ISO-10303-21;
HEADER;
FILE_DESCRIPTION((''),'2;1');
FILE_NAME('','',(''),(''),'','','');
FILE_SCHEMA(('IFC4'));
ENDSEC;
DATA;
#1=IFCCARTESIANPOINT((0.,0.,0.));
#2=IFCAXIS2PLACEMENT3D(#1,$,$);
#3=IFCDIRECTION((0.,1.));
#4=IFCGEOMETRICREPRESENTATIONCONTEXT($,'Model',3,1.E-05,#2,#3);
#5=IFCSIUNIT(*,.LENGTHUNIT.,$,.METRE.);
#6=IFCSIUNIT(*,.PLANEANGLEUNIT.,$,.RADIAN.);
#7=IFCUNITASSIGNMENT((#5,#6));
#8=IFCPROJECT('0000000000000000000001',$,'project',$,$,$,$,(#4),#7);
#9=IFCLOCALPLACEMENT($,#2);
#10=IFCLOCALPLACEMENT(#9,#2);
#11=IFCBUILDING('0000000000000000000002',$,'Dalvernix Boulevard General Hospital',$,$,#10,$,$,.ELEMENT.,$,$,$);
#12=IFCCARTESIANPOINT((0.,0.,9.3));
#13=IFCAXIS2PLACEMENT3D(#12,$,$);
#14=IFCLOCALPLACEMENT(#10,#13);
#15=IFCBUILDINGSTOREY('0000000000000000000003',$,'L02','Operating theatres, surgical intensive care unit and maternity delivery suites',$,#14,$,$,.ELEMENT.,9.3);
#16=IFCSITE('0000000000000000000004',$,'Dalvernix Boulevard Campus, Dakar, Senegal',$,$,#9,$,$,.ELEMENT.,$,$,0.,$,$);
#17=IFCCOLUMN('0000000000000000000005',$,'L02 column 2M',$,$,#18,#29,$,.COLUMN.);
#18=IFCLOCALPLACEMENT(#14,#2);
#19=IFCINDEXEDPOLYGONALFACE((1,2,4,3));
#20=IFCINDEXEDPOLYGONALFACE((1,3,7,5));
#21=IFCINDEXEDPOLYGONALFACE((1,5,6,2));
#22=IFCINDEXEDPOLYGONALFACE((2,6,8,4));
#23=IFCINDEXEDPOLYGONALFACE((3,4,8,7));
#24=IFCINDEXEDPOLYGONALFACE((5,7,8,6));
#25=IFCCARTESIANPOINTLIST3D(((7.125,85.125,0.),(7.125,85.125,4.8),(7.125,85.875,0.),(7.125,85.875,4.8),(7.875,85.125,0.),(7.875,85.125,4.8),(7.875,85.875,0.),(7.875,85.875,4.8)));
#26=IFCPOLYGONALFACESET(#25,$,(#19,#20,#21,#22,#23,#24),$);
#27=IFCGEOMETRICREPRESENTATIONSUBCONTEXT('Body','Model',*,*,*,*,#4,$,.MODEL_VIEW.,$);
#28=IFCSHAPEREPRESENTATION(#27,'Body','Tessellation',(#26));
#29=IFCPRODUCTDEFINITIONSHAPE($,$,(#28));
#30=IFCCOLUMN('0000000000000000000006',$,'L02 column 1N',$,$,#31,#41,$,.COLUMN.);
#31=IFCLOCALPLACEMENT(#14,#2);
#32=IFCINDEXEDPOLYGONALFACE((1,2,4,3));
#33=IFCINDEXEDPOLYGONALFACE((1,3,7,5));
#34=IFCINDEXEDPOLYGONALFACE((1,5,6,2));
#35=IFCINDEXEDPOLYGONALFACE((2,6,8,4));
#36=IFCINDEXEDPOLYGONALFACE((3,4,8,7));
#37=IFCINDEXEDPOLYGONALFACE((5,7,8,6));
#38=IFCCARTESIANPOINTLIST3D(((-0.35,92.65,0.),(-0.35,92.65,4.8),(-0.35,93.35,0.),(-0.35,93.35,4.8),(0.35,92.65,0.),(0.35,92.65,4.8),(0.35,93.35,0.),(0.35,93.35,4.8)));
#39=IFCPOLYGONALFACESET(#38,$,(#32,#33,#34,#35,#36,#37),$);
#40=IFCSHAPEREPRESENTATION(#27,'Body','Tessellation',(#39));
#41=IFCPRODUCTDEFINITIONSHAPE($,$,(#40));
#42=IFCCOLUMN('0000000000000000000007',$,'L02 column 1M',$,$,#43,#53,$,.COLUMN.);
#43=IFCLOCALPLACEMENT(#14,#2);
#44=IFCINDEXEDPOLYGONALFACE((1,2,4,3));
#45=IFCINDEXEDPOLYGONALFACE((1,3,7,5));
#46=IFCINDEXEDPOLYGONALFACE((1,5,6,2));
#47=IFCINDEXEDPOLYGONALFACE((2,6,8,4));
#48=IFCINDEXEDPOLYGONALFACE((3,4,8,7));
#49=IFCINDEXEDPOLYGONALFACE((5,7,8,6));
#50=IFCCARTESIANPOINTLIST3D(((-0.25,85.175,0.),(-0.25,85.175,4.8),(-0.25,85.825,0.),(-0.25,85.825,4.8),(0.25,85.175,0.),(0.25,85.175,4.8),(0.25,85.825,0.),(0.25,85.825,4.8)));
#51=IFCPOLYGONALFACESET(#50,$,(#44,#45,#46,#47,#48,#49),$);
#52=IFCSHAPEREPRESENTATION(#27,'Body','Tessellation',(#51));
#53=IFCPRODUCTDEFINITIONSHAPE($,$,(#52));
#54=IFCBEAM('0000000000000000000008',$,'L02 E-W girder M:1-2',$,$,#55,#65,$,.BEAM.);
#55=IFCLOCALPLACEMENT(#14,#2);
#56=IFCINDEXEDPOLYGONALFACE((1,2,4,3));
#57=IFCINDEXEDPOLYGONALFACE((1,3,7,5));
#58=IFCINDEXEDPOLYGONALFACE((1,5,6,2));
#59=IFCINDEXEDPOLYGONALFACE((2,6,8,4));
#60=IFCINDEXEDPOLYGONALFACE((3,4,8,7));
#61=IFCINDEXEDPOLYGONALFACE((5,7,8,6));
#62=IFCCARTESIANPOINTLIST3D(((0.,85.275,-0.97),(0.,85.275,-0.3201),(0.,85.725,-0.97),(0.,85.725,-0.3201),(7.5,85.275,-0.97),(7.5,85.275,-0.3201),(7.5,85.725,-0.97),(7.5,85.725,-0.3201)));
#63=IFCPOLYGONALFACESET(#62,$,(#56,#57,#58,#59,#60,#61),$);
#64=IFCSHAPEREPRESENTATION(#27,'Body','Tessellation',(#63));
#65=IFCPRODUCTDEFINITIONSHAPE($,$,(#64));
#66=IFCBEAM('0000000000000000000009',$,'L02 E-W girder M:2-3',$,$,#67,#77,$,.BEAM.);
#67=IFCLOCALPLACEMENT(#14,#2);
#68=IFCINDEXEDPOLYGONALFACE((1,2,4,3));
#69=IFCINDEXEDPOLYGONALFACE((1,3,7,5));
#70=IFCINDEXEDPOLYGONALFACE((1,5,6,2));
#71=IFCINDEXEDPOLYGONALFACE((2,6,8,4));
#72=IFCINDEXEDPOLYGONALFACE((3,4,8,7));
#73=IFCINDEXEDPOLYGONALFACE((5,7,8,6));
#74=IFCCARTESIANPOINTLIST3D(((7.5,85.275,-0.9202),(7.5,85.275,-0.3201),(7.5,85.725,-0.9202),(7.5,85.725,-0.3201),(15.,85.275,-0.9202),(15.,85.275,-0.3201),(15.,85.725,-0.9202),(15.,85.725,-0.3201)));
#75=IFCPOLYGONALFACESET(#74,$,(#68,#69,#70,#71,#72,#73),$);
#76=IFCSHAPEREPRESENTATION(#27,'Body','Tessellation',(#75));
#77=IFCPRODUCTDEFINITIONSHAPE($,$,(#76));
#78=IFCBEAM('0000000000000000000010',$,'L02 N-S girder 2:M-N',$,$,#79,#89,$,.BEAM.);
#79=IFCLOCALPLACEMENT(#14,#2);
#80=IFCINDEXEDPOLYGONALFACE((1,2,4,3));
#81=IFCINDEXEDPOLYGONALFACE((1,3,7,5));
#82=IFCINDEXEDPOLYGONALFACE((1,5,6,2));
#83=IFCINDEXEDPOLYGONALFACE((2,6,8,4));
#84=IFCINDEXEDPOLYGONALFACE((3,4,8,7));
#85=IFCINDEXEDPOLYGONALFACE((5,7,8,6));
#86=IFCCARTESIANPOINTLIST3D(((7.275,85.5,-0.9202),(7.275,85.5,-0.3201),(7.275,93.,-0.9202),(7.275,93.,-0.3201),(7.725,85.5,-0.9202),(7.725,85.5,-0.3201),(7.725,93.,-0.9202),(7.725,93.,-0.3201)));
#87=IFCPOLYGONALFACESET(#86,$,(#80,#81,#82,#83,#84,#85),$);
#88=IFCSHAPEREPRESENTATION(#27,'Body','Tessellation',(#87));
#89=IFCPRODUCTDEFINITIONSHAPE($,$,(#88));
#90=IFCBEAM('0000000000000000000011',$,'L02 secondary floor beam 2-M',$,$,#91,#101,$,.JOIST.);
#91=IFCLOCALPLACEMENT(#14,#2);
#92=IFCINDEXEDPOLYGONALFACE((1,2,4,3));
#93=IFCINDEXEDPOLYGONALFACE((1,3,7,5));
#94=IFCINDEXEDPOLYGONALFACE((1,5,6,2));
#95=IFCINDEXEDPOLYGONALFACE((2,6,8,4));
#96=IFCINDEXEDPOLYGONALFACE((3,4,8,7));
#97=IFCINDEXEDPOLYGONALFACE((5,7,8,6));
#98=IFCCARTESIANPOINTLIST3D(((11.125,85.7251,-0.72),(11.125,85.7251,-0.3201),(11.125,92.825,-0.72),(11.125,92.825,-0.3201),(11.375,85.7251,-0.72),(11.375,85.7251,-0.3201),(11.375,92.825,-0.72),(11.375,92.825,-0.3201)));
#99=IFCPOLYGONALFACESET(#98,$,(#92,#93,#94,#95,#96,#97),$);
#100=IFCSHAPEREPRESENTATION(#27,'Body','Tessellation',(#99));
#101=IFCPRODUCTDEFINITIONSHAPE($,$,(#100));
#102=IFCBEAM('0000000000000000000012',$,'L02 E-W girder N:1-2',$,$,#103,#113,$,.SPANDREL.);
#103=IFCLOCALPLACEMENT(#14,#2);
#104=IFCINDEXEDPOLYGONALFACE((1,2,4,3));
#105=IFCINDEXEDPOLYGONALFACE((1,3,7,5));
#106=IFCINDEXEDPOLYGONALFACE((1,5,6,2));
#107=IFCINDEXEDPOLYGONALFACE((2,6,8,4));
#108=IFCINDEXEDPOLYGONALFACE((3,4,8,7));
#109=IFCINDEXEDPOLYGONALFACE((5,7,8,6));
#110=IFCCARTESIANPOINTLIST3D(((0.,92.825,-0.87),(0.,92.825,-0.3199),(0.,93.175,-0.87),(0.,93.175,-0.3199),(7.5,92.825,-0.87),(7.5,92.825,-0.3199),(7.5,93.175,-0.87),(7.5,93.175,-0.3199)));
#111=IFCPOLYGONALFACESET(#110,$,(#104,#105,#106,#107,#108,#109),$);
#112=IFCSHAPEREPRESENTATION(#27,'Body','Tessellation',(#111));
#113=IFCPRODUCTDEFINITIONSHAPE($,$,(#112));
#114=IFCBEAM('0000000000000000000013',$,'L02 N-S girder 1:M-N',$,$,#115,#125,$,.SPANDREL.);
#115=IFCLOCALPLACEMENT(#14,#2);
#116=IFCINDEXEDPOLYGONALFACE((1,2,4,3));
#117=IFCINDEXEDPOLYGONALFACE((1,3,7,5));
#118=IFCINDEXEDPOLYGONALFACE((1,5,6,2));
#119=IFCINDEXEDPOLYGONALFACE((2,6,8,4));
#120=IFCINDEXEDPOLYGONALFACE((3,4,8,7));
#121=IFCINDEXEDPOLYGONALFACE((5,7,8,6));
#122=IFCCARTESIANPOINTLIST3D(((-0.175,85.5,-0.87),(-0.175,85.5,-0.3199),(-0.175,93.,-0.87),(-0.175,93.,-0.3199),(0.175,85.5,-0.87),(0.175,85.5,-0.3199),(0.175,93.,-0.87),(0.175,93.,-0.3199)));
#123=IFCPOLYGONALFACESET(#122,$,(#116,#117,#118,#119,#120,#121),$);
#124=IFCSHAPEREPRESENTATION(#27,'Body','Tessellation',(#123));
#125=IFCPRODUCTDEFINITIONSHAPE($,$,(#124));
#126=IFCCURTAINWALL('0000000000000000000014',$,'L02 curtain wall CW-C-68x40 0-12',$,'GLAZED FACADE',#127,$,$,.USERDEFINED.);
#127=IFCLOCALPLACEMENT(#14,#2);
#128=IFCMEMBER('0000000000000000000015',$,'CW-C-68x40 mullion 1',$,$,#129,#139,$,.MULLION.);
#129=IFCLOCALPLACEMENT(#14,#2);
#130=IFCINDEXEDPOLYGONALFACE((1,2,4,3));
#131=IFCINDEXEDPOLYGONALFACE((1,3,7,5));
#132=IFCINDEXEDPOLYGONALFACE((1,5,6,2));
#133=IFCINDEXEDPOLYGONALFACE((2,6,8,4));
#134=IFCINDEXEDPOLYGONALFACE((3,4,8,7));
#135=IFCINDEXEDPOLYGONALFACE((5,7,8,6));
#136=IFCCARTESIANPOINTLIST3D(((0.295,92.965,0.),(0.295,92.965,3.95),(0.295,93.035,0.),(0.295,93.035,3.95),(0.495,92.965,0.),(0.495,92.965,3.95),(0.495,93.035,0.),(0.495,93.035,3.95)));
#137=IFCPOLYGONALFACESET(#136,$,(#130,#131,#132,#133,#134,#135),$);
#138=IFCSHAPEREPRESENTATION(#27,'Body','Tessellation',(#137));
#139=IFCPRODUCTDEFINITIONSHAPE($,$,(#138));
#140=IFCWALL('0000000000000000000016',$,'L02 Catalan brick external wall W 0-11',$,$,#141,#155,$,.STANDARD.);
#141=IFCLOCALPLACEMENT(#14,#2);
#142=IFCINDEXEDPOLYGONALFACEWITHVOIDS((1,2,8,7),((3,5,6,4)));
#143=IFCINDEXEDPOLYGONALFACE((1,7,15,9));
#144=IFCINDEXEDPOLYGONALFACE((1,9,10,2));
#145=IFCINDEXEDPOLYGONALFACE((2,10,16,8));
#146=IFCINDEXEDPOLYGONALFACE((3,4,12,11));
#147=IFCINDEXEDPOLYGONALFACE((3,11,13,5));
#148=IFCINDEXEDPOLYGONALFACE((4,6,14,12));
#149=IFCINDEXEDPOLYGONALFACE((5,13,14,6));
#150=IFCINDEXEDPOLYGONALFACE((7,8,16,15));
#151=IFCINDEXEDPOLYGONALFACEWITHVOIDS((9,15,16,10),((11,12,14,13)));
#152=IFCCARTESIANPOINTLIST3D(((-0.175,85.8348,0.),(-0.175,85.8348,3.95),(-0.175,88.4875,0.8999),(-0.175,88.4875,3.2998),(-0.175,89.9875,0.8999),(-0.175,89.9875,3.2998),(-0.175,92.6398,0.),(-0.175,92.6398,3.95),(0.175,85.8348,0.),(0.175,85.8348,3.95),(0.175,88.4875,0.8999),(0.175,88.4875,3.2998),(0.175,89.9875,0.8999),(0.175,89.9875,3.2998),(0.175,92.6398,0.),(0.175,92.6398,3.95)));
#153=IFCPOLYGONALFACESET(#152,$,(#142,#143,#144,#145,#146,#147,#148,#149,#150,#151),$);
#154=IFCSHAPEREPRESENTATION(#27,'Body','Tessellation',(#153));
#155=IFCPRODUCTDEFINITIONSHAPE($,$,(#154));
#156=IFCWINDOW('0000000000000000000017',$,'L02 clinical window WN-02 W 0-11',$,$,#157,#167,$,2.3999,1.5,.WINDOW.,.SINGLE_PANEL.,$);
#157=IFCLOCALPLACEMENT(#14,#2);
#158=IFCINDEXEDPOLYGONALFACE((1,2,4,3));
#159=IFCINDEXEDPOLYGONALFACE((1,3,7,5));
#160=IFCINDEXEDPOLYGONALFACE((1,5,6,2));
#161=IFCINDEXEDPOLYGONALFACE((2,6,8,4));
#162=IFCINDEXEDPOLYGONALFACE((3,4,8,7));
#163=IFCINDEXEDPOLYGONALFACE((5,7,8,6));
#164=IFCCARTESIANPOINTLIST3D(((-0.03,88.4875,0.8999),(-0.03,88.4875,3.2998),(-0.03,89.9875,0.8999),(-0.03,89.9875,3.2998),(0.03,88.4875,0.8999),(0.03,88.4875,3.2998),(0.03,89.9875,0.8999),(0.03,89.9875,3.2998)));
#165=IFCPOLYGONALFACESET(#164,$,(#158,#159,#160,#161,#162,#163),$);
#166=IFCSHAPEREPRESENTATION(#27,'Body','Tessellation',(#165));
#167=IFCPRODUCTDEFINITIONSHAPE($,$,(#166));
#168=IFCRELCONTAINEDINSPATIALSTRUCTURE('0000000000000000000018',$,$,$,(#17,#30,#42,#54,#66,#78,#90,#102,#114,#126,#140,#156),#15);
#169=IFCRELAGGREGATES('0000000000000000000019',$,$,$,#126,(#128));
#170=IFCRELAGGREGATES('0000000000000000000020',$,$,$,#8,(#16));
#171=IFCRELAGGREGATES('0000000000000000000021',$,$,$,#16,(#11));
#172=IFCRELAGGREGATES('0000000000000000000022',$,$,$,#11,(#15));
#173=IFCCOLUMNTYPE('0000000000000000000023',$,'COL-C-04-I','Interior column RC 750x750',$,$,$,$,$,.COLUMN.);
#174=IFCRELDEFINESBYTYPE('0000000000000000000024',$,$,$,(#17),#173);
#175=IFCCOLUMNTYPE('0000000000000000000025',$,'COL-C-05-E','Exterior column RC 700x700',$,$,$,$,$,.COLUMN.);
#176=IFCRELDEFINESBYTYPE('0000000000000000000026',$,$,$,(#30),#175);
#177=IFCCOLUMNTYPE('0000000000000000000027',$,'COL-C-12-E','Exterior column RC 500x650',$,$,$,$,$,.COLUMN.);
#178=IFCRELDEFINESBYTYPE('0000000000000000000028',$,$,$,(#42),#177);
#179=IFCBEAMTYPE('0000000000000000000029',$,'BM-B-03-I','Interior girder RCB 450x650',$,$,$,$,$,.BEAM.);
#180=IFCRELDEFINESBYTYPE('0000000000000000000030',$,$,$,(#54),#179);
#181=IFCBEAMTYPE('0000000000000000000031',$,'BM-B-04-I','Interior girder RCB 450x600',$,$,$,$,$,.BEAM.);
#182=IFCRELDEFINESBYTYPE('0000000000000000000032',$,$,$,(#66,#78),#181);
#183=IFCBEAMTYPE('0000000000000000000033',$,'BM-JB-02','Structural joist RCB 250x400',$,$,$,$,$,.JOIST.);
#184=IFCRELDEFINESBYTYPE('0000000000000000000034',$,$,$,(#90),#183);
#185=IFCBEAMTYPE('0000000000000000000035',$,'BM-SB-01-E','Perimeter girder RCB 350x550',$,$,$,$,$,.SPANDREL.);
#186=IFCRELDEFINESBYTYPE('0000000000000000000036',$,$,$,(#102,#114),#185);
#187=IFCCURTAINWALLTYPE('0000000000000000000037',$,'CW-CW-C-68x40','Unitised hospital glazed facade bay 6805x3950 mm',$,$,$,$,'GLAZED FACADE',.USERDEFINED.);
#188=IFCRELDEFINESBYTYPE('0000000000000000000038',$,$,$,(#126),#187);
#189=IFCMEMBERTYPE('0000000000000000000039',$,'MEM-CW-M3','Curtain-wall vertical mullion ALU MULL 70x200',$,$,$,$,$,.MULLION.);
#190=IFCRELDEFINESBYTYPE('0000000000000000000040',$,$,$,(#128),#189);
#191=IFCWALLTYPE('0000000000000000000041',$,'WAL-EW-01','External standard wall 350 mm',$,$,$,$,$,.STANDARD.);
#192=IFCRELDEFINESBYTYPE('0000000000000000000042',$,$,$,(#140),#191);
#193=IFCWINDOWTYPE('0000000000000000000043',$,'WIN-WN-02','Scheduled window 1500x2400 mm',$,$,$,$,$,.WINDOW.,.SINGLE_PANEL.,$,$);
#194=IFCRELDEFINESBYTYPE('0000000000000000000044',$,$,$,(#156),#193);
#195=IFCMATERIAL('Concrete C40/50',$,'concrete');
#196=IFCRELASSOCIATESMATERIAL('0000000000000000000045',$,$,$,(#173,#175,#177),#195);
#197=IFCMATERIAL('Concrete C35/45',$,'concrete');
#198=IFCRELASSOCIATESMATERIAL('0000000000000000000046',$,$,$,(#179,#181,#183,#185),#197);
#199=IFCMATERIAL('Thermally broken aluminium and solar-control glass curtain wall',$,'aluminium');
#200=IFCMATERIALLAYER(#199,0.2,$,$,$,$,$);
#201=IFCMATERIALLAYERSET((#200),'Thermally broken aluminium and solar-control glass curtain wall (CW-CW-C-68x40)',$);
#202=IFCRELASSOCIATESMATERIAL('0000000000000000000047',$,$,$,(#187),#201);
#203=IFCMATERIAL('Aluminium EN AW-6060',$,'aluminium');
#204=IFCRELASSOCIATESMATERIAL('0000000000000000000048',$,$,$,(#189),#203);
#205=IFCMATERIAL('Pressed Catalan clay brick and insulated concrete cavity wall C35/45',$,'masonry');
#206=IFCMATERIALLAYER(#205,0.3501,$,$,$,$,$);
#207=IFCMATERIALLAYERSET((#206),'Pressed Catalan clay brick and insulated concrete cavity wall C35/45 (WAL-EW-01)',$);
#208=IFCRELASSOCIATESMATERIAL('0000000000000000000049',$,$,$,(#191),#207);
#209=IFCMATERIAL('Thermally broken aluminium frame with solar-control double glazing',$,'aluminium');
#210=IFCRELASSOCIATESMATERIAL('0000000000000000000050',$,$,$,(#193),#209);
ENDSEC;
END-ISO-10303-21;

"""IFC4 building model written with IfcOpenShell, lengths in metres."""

from ifc_helpers import new_model, si_unit, direction, frame, frame_2d, origin, origin_2d, place, context, subcontext, project, spatial, rectangle, extrude, material, layer, layer_set, material_profile, profile_set, type_object, element, fill, aggregate, save


model = new_model("IFC4")

# Units and contexts
model_context = context("Model", 3, precision=1e-05, world=origin(), true_north=direction((0.0, 1.0)))
body_context = subcontext(model_context, "Body", "Model", "MODEL_VIEW")
ifc_project = project(units=[si_unit("LENGTHUNIT", "METRE"), si_unit("PLANEANGLEUNIT", "RADIAN")], contexts=[model_context])

# Site, building, storey
site_placement = place(None, origin())
site = spatial("IfcSite", under=ifc_project, at=site_placement, Name="Dalvernix Boulevard Campus, Dakar, Senegal", CompositionType="ELEMENT", RefElevation=0.0)
building_placement = place(site_placement, origin())
building = spatial("IfcBuilding", under=site, at=building_placement, Name="Dalvernix Boulevard General Hospital", CompositionType="ELEMENT")
storey_placement = place(building_placement, frame((0.0, 0.0, 9.3)))
storey = spatial("IfcBuildingStorey", under=building, at=storey_placement, Name="L02", Description="Operating theatres, surgical intensive care unit and maternity delivery suites", CompositionType="ELEMENT", Elevation=9.3)

# Columns
ifc_material_1 = material(Name="Concrete C40/50", Category="concrete")
ifc_material_profile_1 = material_profile(ifc_material_1, rectangle(XDim=0.75, YDim=0.75, at=origin_2d()), Name="RC 750x750")
ifc_profile_set_1 = profile_set([ifc_material_profile_1], Name="Concrete C40/50")
column_type_1 = type_object("IfcColumnType", Name="COL-C-04-I", Description="Interior column RC 750x750", PredefinedType="COLUMN", material=ifc_profile_set_1)
column_1_placement = place(storey_placement, frame((7.5, 85.5, 0.0), z_axis=(0.0, 0.0, 1.0), x_axis=(1.0, 0.0, 0.0)))
element("IfcColumn", 1, at=column_1_placement, inside=storey, type_object=column_type_1, Name="L02 column 2M", PredefinedType="COLUMN", context=body_context, shape_type="SweptSolid", body=[
    extrude(rectangle(XDim=0.75, YDim=0.75, at=origin_2d()), origin(), (0.0, 0.0, 1.0), 4.8),
])
ifc_material_profile_2 = material_profile(ifc_material_1, rectangle(XDim=0.7, YDim=0.7, at=origin_2d()), Name="RC 700x700")
ifc_profile_set_2 = profile_set([ifc_material_profile_2], Name="Concrete C40/50")
column_type_2 = type_object("IfcColumnType", Name="COL-C-05-E", Description="Exterior column RC 700x700", PredefinedType="COLUMN", material=ifc_profile_set_2)
column_2_placement = place(storey_placement, frame((0.0, 93.0, 0.0), z_axis=(0.0, 0.0, 1.0), x_axis=(1.0, 0.0, 0.0)))
element("IfcColumn", 2, at=column_2_placement, inside=storey, type_object=column_type_2, Name="L02 column 1N", PredefinedType="COLUMN", context=body_context, shape_type="SweptSolid", body=[
    extrude(rectangle(XDim=0.7, YDim=0.7, at=origin_2d()), origin(), (0.0, 0.0, 1.0), 4.8),
])
ifc_material_profile_3 = material_profile(ifc_material_1, rectangle(XDim=0.5, YDim=0.6499, at=origin_2d()), Name="RC 500x650")
ifc_profile_set_3 = profile_set([ifc_material_profile_3], Name="Concrete C40/50")
column_type_3 = type_object("IfcColumnType", Name="COL-C-12-E", Description="Exterior column RC 500x650", PredefinedType="COLUMN", material=ifc_profile_set_3)
column_3_placement = place(storey_placement, frame((0.0, 85.5, 0.0), z_axis=(0.0, 0.0, 1.0), x_axis=(1.0, 0.0, 0.0)))
element("IfcColumn", 3, at=column_3_placement, inside=storey, type_object=column_type_3, Name="L02 column 1M", PredefinedType="COLUMN", context=body_context, shape_type="SweptSolid", body=[
    extrude(rectangle(XDim=0.5, YDim=0.6499, at=origin_2d()), origin(), (0.0, 0.0, 1.0), 4.8),
])

# Beams
ifc_material_2 = material(Name="Concrete C35/45", Category="concrete")
ifc_material_profile_4 = material_profile(ifc_material_2, rectangle(XDim=0.45, YDim=0.6499, at=origin_2d()), Name="RCB 450x650")
ifc_profile_set_4 = profile_set([ifc_material_profile_4], Name="Concrete C35/45")
beam_type_1 = type_object("IfcBeamType", Name="BM-B-03-I", Description="Interior girder RCB 450x650", PredefinedType="BEAM", material=ifc_profile_set_4)
beam_1_placement = place(storey_placement, frame((0.0, 85.5, -0.645), z_axis=(1.0, 0.0, 0.0), x_axis=(0.0, 1.0, 0.0)))
element("IfcBeam", 4, at=beam_1_placement, inside=storey, type_object=beam_type_1, Name="L02 E-W girder M:1-2", PredefinedType="BEAM", context=body_context, shape_type="SweptSolid", body=[
    extrude(rectangle(XDim=0.45, YDim=0.6499, at=origin_2d()), origin(), (0.0, 0.0, 1.0), 7.5),
])
ifc_material_profile_5 = material_profile(ifc_material_2, rectangle(XDim=0.45, YDim=0.6001, at=origin_2d()), Name="RCB 450x600")
ifc_profile_set_5 = profile_set([ifc_material_profile_5], Name="Concrete C35/45")
beam_type_2 = type_object("IfcBeamType", Name="BM-B-04-I", Description="Interior girder RCB 450x600", PredefinedType="BEAM", material=ifc_profile_set_5)
for number, where, z_axis, x_axis, name in (
    (5, (7.5, 85.5, -0.6201), (1.0, 0.0, 0.0), (0.0, 1.0, 0.0), "L02 E-W girder M:2-3"),
    (6, (7.5, 85.5, -0.6201), (0.0, 1.0, 0.0), (-1.0, 0.0, 0.0), "L02 N-S girder 2:M-N"),
):
    element("IfcBeam", number, at=place(storey_placement, frame(where, z_axis=z_axis, x_axis=x_axis)), inside=storey, type_object=beam_type_2, Name=name, PredefinedType="BEAM", context=body_context, shape_type="SweptSolid", body=[
        extrude(rectangle(XDim=0.45, YDim=0.6001, at=origin_2d()), origin(), (0.0, 0.0, 1.0), 7.5),
    ])
ifc_material_profile_6 = material_profile(ifc_material_2, rectangle(XDim=0.25, YDim=0.3999, at=origin_2d()), Name="RCB 250x400")
ifc_profile_set_6 = profile_set([ifc_material_profile_6], Name="Concrete C35/45")
beam_type_3 = type_object("IfcBeamType", Name="BM-JB-02", Description="Structural joist RCB 250x400", PredefinedType="JOIST", material=ifc_profile_set_6)
beam_2_placement = place(storey_placement, frame((11.25, 85.7251, -0.52), z_axis=(0.0, 1.0, 0.0), x_axis=(-1.0, 0.0, 0.0)))
element("IfcBeam", 7, at=beam_2_placement, inside=storey, type_object=beam_type_3, Name="L02 secondary floor beam 2-M", PredefinedType="JOIST", context=body_context, shape_type="SweptSolid", body=[
    extrude(rectangle(XDim=0.25, YDim=0.3999, at=origin_2d()), origin(), (0.0, 0.0, 1.0), 7.0999),
])
ifc_material_profile_7 = material_profile(ifc_material_2, rectangle(XDim=0.3501, YDim=0.55, at=origin_2d()), Name="RCB 350x550")
ifc_profile_set_7 = profile_set([ifc_material_profile_7], Name="Concrete C35/45")
beam_type_4 = type_object("IfcBeamType", Name="BM-SB-01-E", Description="Perimeter girder RCB 350x550", PredefinedType="SPANDREL", material=ifc_profile_set_7)
for number, where, z_axis, x_axis, name in (
    (8, (0.0, 93.0, -0.595), (1.0, 0.0, 0.0), (0.0, 1.0, 0.0), "L02 E-W girder N:1-2"),
    (9, (0.0, 85.5, -0.595), (0.0, 1.0, 0.0), (-1.0, 0.0, 0.0), "L02 N-S girder 1:M-N"),
):
    element("IfcBeam", number, at=place(storey_placement, frame(where, z_axis=z_axis, x_axis=x_axis)), inside=storey, type_object=beam_type_4, Name=name, PredefinedType="SPANDREL", context=body_context, shape_type="SweptSolid", body=[
        extrude(rectangle(XDim=0.3501, YDim=0.55, at=origin_2d()), origin(), (0.0, 0.0, 1.0), 7.5),
    ])

# Curtain wall, member
ifc_material_3 = material(Name="Thermally broken aluminium and solar-control glass curtain wall", Category="aluminium")
ifc_layer_1 = layer(ifc_material_3, 0.2)
ifc_layer_set_1 = layer_set([ifc_layer_1], Name="Thermally broken aluminium and solar-control glass curtain wall (CW-CW-C-68x40)")
curtain_wall_type = type_object("IfcCurtainWallType", Name="CW-CW-C-68x40", Description="Unitised hospital glazed facade bay 6805x3950 mm", ElementType="GLAZED FACADE", PredefinedType="USERDEFINED", material=ifc_layer_set_1)
curtain_wall_placement = place(storey_placement, origin())
curtain_wall = element("IfcCurtainWall", 10, at=curtain_wall_placement, inside=storey, type_object=curtain_wall_type, Name="L02 curtain wall CW-C-68x40 0-12", ObjectType="GLAZED FACADE", PredefinedType="USERDEFINED")
ifc_material_4 = material(Name="Aluminium EN AW-6060", Category="aluminium")
ifc_material_profile_8 = material_profile(ifc_material_4, rectangle(XDim=0.0701, YDim=0.2, at=origin_2d()), Name="ALU MULL 70x200")
ifc_profile_set_8 = profile_set([ifc_material_profile_8], Name="Aluminium EN AW-6060")
member_type = type_object("IfcMemberType", Name="MEM-CW-M3", Description="Curtain-wall vertical mullion ALU MULL 70x200", PredefinedType="MULLION", material=ifc_profile_set_8)
member_placement = place(storey_placement, frame((0.395, 93.0, 0.0), z_axis=(0.0, 0.0, 1.0), x_axis=(0.0, 1.0, 0.0)))
member = element("IfcMember", 11, at=member_placement, type_object=member_type, Name="CW-C-68x40 mullion 1", PredefinedType="MULLION", context=body_context, shape_type="SweptSolid", body=[
    extrude(rectangle(XDim=0.0701, YDim=0.2, at=origin_2d()), origin(), (0.0, 0.0, 1.0), 3.95),
])
aggregate(curtain_wall, [member])

# Wall, opening, window
ifc_material_5 = material(Name="Pressed Catalan clay brick and insulated concrete cavity wall C35/45", Category="masonry")
ifc_layer_2 = layer(ifc_material_5, 0.3501)
ifc_layer_set_2 = layer_set([ifc_layer_2], Name="Pressed Catalan clay brick and insulated concrete cavity wall C35/45 (WAL-EW-01)")
wall_type_1 = type_object("IfcWallType", Name="WAL-EW-01", Description="External standard wall 350 mm", PredefinedType="STANDARD", material=ifc_layer_set_2)
wall_1_placement = place(storey_placement, frame((0.0, 85.835, 0.0), z_axis=(0.0, 0.0, 1.0), x_axis=(0.0, 1.0, 0.0)))
wall_1 = element("IfcWall", 12, at=wall_1_placement, inside=storey, type_object=wall_type_1, Name="L02 Catalan brick external wall W 0-11", PredefinedType="STANDARD", context=body_context, shape_type="SweptSolid", body=[
    extrude(rectangle(XDim=6.8049, YDim=0.3501, at=frame_2d((3.4023, 0.0))), origin(), (0.0, 0.0, 1.0), 3.95),
])
opening_placement = place(wall_1_placement, frame((2.6526, 0.0, 0.8999)))
opening = element("IfcOpeningElement", 13, at=opening_placement, cuts=wall_1, PredefinedType="OPENING", context=body_context, shape_type="SweptSolid", body=[
    extrude(rectangle(XDim=1.5, YDim=2.3999, at=frame_2d((0.75, 1.2))), frame((0.0, 0.1851, 0.0), z_axis=(0.0, -1.0, 0.0), x_axis=(1.0, 0.0, 0.0)), (0.0, 0.0, 1.0), 0.3701),
])
ifc_material_6 = material(Name="Thermally broken aluminium frame with solar-control double glazing", Category="aluminium")
window_type = type_object("IfcWindowType", Name="WIN-WN-02", Description="Scheduled window 1500x2400 mm", PartitioningType="SINGLE_PANEL", PredefinedType="WINDOW", material=ifc_material_6)
window_placement = place(opening_placement, origin())
window = element("IfcWindow", 14, at=window_placement, inside=storey, type_object=window_type, Name="L02 clinical window WN-02 W 0-11", OverallHeight=2.3999, OverallWidth=1.5, PartitioningType="SINGLE_PANEL", PredefinedType="WINDOW", context=body_context, shape_type="SweptSolid", body=[
    extrude(rectangle(XDim=1.5, YDim=2.3999, at=frame_2d((0.75, 1.2))), frame((0.0, 0.03, 0.0), z_axis=(0.0, -1.0, 0.0), x_axis=(1.0, 0.0, 0.0)), (0.0, 0.0, 1.0), 0.0601),
])
fill(opening, window)

save(model, "model.ifc")
